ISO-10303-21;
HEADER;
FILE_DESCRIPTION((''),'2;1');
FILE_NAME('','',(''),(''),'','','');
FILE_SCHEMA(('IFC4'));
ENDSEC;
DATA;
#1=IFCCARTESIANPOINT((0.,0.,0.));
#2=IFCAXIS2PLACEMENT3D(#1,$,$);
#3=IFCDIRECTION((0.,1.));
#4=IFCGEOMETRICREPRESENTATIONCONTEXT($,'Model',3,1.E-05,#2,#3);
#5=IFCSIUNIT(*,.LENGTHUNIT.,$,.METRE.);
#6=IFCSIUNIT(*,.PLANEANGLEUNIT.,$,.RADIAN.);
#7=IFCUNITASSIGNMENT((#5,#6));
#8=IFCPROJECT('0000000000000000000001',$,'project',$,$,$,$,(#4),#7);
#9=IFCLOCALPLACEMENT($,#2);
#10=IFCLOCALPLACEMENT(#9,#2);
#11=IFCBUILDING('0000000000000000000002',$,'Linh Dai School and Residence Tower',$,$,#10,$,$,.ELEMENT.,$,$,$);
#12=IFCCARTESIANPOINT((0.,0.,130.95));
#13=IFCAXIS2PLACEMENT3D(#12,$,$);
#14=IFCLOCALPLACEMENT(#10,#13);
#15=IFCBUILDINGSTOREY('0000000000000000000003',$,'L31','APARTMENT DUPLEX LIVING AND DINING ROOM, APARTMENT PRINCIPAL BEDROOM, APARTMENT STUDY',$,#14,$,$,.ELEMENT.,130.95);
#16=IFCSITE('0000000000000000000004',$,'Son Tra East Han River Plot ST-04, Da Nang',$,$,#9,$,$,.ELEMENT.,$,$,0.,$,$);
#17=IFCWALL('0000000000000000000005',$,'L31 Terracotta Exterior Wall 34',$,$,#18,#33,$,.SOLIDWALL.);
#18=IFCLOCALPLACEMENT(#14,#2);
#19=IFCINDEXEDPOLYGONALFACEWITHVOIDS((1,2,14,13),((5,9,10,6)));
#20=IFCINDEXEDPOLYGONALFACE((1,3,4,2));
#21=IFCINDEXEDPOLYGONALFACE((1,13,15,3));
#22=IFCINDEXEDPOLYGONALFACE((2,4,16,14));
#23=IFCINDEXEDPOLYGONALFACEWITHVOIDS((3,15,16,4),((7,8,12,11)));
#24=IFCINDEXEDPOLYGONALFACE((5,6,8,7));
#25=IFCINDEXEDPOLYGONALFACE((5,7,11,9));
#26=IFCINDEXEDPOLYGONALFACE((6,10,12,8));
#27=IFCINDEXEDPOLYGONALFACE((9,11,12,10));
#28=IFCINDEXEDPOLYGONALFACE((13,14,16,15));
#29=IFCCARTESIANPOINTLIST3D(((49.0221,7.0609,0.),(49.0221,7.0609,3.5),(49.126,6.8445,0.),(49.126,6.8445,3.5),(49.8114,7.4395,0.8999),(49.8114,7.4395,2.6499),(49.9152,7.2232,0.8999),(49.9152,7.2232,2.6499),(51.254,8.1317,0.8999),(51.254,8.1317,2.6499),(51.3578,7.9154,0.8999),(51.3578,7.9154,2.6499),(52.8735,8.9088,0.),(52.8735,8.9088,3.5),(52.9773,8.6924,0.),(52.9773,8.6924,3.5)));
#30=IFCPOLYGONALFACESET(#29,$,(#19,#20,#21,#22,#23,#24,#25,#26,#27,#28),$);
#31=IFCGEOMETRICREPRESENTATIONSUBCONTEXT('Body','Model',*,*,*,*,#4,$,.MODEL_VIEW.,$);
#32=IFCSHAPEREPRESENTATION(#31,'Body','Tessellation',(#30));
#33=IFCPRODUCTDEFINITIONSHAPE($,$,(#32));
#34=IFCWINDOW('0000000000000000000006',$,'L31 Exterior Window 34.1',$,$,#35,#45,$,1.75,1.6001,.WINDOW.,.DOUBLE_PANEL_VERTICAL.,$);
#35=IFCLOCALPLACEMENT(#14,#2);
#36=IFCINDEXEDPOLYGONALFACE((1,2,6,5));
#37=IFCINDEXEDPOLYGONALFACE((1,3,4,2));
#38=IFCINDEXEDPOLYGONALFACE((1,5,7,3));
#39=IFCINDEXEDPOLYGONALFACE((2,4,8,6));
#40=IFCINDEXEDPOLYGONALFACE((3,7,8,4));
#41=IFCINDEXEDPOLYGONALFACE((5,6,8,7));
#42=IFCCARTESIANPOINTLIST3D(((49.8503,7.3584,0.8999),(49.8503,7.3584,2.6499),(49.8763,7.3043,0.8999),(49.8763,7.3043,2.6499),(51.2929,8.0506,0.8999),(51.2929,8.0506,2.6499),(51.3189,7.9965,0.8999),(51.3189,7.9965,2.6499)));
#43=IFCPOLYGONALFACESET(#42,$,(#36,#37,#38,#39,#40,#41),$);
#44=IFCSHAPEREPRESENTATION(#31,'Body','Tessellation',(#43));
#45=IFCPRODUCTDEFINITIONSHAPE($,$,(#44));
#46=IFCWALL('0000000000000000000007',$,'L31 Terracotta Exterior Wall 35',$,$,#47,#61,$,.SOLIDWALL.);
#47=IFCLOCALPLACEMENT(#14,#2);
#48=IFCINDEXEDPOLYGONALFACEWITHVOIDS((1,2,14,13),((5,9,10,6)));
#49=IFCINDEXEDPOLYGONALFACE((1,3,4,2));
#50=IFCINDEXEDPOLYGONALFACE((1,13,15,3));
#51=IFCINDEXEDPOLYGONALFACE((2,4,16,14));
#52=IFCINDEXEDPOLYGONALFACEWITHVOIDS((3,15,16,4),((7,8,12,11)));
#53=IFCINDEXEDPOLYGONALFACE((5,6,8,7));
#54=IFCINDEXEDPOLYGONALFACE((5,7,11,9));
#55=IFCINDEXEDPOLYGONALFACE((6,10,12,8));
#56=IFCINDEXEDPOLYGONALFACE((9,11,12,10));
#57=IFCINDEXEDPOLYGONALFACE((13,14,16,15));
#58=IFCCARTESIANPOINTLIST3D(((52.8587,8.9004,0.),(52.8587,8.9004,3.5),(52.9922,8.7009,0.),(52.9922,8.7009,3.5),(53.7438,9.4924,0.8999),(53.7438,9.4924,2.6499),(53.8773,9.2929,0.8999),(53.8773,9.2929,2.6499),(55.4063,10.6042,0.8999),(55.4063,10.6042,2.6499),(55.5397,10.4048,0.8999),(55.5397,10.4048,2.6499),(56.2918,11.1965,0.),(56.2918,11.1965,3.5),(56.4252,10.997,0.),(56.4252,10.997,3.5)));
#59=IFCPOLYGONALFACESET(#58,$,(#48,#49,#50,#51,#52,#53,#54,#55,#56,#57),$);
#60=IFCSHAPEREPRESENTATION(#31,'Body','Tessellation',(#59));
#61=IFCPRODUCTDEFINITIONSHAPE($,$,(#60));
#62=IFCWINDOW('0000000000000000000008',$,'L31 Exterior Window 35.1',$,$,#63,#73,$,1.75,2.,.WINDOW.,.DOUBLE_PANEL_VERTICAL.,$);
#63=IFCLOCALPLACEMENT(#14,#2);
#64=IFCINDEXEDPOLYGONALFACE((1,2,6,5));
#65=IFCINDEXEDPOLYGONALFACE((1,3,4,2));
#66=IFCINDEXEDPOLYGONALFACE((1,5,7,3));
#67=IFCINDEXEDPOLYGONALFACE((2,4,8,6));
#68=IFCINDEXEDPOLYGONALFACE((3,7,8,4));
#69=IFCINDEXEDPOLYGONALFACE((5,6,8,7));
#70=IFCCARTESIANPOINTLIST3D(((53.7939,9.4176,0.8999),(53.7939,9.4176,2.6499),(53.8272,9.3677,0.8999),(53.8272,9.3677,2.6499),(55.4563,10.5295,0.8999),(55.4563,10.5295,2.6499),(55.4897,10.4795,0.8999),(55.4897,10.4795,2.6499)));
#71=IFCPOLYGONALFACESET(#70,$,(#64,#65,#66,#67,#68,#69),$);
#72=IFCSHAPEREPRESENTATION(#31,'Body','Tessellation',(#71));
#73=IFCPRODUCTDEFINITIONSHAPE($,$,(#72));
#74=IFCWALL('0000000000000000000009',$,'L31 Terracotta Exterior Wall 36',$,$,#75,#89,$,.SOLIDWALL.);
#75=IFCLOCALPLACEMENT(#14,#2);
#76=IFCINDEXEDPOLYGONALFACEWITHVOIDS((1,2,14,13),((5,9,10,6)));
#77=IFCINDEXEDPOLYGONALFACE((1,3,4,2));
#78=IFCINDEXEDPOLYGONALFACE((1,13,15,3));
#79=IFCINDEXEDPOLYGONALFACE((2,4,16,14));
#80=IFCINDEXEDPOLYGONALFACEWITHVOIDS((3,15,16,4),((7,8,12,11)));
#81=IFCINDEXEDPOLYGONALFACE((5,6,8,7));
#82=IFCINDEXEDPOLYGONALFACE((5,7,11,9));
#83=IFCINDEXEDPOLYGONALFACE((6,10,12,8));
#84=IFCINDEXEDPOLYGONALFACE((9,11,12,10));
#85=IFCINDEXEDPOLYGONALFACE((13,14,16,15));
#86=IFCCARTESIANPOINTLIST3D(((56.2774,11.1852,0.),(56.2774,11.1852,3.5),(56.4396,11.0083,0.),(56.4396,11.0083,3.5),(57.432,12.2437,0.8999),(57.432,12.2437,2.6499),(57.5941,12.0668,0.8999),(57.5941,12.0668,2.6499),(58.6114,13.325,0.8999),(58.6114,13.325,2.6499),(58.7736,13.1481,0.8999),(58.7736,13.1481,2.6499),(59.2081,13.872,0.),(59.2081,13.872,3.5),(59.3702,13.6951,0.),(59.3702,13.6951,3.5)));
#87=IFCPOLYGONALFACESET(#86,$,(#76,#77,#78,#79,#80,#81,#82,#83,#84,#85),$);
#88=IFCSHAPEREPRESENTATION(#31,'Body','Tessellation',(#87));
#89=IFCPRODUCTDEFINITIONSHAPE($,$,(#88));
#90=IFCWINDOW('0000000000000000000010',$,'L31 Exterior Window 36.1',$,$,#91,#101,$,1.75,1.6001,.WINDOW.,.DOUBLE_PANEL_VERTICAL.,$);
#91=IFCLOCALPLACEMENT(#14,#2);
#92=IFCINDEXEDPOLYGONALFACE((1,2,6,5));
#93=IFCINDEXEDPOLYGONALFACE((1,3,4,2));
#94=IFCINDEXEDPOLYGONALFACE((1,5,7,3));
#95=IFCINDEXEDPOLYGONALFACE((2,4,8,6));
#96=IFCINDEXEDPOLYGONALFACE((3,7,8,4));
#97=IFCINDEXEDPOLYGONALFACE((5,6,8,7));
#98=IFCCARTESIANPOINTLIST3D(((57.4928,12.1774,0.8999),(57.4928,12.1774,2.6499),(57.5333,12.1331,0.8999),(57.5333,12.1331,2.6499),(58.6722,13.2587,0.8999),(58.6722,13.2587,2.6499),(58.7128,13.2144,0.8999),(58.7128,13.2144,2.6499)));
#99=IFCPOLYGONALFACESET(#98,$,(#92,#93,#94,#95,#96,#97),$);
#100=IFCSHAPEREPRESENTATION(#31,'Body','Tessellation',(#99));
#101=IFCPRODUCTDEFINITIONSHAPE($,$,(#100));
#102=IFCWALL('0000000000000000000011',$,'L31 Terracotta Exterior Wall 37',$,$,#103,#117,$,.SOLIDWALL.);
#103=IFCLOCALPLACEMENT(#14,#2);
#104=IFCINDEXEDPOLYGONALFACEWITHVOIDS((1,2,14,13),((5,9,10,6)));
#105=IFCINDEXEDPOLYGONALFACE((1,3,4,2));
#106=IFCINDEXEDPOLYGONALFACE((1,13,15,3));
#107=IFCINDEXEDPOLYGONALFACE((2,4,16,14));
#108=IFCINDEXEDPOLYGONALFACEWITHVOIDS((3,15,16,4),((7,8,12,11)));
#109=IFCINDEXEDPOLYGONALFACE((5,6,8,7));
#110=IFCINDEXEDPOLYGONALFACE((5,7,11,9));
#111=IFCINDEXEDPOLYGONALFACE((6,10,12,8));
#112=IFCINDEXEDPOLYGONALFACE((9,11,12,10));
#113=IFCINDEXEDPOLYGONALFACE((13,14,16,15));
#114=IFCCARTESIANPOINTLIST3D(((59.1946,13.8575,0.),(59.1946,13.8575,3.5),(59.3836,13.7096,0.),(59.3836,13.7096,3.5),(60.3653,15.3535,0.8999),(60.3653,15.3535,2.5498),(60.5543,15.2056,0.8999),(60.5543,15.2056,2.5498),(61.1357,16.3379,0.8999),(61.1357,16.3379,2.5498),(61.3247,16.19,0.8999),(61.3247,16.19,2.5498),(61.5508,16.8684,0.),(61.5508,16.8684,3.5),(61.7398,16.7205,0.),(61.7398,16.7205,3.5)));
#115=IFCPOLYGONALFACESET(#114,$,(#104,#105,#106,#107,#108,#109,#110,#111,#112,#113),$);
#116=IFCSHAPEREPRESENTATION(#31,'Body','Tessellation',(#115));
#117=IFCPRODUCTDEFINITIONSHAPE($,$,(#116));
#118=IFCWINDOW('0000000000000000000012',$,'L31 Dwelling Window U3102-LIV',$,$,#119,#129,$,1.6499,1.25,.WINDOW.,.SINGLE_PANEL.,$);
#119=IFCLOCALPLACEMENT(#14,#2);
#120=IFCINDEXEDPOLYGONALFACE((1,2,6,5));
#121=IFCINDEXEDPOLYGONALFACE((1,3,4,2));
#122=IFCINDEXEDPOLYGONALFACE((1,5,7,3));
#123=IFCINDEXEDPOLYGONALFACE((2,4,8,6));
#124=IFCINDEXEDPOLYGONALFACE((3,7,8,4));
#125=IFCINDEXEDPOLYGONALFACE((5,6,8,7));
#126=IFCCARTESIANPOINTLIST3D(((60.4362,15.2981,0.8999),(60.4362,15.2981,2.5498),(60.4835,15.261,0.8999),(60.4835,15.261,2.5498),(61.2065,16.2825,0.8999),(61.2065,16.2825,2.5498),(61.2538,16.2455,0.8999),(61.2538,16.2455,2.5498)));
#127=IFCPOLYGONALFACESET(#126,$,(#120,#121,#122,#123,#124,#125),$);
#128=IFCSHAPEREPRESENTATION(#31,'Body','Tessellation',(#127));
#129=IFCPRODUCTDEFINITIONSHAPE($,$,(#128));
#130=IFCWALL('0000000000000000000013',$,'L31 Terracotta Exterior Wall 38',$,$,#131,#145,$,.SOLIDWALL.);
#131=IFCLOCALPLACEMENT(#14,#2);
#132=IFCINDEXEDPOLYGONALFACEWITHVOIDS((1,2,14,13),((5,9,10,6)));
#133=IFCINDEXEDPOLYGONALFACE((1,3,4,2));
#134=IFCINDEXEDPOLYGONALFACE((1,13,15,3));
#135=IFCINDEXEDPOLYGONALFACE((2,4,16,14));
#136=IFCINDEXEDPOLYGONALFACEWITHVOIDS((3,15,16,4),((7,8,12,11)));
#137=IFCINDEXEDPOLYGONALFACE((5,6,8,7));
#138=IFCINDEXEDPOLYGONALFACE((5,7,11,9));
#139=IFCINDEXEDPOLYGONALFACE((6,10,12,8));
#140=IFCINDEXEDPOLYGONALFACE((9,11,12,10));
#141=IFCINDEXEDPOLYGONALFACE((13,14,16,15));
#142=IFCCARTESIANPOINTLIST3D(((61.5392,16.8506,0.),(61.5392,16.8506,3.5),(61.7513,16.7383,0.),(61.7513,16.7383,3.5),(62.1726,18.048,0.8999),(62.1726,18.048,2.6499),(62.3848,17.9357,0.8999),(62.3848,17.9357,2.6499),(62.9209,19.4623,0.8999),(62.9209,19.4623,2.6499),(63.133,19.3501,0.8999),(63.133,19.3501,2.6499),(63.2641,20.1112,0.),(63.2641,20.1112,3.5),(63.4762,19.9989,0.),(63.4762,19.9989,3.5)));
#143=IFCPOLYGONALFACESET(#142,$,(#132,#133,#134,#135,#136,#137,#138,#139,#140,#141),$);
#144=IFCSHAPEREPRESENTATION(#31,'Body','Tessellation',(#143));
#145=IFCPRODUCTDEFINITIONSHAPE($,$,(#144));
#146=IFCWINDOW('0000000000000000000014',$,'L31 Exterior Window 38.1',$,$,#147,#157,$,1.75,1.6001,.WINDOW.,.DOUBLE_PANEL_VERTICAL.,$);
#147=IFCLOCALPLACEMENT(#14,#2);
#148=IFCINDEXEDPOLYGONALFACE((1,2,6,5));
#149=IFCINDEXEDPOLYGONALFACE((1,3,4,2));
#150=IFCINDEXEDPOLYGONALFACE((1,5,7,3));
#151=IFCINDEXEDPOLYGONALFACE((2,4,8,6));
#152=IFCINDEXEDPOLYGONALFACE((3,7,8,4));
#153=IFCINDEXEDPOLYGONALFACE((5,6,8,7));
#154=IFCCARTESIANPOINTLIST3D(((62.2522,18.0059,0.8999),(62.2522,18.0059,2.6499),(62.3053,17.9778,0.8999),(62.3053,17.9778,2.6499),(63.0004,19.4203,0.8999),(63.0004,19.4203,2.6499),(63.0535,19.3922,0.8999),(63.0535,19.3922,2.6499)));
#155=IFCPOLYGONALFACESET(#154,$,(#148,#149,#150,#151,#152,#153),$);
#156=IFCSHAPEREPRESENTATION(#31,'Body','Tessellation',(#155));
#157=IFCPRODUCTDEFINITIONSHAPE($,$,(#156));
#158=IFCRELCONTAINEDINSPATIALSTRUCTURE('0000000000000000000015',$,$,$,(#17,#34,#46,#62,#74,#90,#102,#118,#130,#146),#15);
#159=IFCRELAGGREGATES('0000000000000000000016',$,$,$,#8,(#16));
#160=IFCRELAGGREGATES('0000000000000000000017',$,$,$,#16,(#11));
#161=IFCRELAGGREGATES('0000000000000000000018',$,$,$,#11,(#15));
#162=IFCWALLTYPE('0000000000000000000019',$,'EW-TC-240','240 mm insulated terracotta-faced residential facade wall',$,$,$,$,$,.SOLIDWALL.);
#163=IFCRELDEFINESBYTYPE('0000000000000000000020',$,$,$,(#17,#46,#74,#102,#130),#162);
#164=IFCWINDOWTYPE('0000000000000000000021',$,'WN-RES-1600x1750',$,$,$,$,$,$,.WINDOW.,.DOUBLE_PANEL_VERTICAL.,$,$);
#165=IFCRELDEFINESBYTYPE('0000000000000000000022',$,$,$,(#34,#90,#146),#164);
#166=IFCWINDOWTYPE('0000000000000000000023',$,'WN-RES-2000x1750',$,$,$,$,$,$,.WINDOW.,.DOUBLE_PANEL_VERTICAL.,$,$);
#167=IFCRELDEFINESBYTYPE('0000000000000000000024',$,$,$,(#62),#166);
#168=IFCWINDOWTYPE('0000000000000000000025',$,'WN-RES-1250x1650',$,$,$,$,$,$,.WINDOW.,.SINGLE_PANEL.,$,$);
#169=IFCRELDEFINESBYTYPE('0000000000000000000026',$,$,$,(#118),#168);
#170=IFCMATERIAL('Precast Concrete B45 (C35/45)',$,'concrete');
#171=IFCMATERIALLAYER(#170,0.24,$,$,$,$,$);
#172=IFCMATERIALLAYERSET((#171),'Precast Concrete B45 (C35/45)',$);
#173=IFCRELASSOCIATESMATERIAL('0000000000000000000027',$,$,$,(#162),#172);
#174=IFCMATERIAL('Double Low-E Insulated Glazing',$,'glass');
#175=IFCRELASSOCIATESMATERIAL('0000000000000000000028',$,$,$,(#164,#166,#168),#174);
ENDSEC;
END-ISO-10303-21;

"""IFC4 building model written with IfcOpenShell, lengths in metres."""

from ifc_helpers import new_model, si_unit, direction, frame, frame_2d, origin, origin_2d, place, context, subcontext, project, spatial, rectangle, extrude, source, transform, mapped, material, layer, layer_set, type_object, element, fill, save


model = new_model("IFC4")

# Units and contexts
model_context = context("Model", 3, precision=1e-05, world=origin(), true_north=direction((0.0, 1.0)))
body_context = subcontext(model_context, "Body", "Model", "MODEL_VIEW")
ifc_project = project(units=[si_unit("LENGTHUNIT", "METRE"), si_unit("PLANEANGLEUNIT", "RADIAN")], contexts=[model_context])

# Site, building, storey
site_placement = place(None, origin())
site = spatial("IfcSite", under=ifc_project, at=site_placement, Name="Son Tra East Han River Plot ST-04, Da Nang", CompositionType="ELEMENT", RefElevation=0.0)
building_placement = place(site_placement, origin())
building = spatial("IfcBuilding", under=site, at=building_placement, Name="Linh Dai School and Residence Tower", CompositionType="ELEMENT")
storey_placement = place(building_placement, frame((0.0, 0.0, 130.95)))
storey = spatial("IfcBuildingStorey", under=building, at=storey_placement, Name="L31", Description="APARTMENT DUPLEX LIVING AND DINING ROOM, APARTMENT PRINCIPAL BEDROOM, APARTMENT STUDY", CompositionType="ELEMENT", Elevation=130.95)

# Shared definitions
ifc_material_1 = material(Name="Precast Concrete B45 (C35/45)", Category="concrete")

# Walls, openings, windows
ifc_layer_1 = layer(ifc_material_1, 0.24)
ifc_layer_set_1 = layer_set([ifc_layer_1], Name="Precast Concrete B45 (C35/45)")
wall_type_1 = type_object("IfcWallType", Name="EW-TC-240", Description="240 mm insulated terracotta-faced residential facade wall", PredefinedType="SOLIDWALL", material=ifc_layer_set_1)
wall_1_placement = place(storey_placement, frame((52.9253, 8.8005, 0.0), z_axis=(0.0, 0.0, 1.0), x_axis=(-0.90159, -0.432592, 0.0)))
wall_1 = element("IfcWall", 1, at=wall_1_placement, inside=storey, type_object=wall_type_1, Name="L31 Terracotta Exterior Wall 34", PredefinedType="SOLIDWALL", context=body_context, shape_type="SweptSolid", body=[
    extrude(rectangle(XDim=4.2717, YDim=0.24, at=frame_2d((2.1357, 0.0))), origin(), (0.0, 0.0, 1.0), 3.5),
])
opening_1_placement = place(wall_1_placement, frame((1.7961, 0.0, 0.8999)))
opening_1 = element("IfcOpeningElement", 2, at=opening_1_placement, cuts=wall_1, PredefinedType="OPENING", context=body_context, shape_type="SweptSolid", body=[
    extrude(rectangle(XDim=1.6001, YDim=1.75, at=origin_2d()), frame((0.8, 0.1299, 0.875), z_axis=(0.0, -1.0, 0.0), x_axis=(1.0, 0.0, 0.0)), (0.0, 0.0, 1.0), 0.26),
])
ifc_material_2 = material(Name="Double Low-E Insulated Glazing", Category="glass")
window_type_1 = type_object("IfcWindowType", Name="WN-RES-1600x1750", PartitioningType="DOUBLE_PANEL_VERTICAL", PredefinedType="WINDOW", material=ifc_material_2)
shared_shape_1 = source(origin(), body_context, "Body", "SweptSolid", [
    extrude(rectangle(XDim=1.6001, YDim=1.75, at=origin_2d()), frame((0.8, 0.03, 0.875), z_axis=(0.0, -1.0, 0.0), x_axis=(1.0, 0.0, 0.0)), (0.0, 0.0, 1.0), 0.0601),
])
window_1_placement = place(opening_1_placement, origin())
window_1 = element("IfcWindow", 3, at=window_1_placement, inside=storey, type_object=window_type_1, Name="L31 Exterior Window 34.1", OverallHeight=1.75, OverallWidth=1.6001, PartitioningType="DOUBLE_PANEL_VERTICAL", PredefinedType="WINDOW", context=body_context, shape_type="MappedRepresentation", body=[
    mapped(shared_shape_1, transform((0.0, 0.0, 0.0), x_axis=(1.0, 0.0, 0.0), y_axis=(0.0, 1.0, 0.0), z_axis=(0.0, 0.0, 1.0), scale=1.0)),
])
fill(opening_1, window_1)
wall_2_placement = place(storey_placement, frame((56.3584, 11.0967, 0.0), z_axis=(0.0, 0.0, 1.0), x_axis=(-0.831222, -0.555941, 0.0)))
wall_2 = element("IfcWall", 4, at=wall_2_placement, inside=storey, type_object=wall_type_1, Name="L31 Terracotta Exterior Wall 35", PredefinedType="SOLIDWALL", context=body_context, shape_type="SweptSolid", body=[
    extrude(rectangle(XDim=4.1301, YDim=0.24, at=frame_2d((2.0649, 0.0))), origin(), (0.0, 0.0, 1.0), 3.5),
])
opening_2_placement = place(wall_2_placement, frame((1.0652, 0.0, 0.8999)))
opening_2 = element("IfcOpeningElement", 5, at=opening_2_placement, cuts=wall_2, PredefinedType="OPENING", context=body_context, shape_type="SweptSolid", body=[
    extrude(rectangle(XDim=2.0, YDim=1.75, at=origin_2d()), frame((1.0, 0.1299, 0.875), z_axis=(0.0, -1.0, 0.0), x_axis=(1.0, 0.0, 0.0)), (0.0, 0.0, 1.0), 0.26),
])
window_type_2 = type_object("IfcWindowType", Name="WN-RES-2000x1750", PartitioningType="DOUBLE_PANEL_VERTICAL", PredefinedType="WINDOW", material=ifc_material_2)
shared_shape_2 = source(origin(), body_context, "Body", "SweptSolid", [
    extrude(rectangle(XDim=2.0, YDim=1.75, at=origin_2d()), frame((1.0, 0.03, 0.875), z_axis=(0.0, -1.0, 0.0), x_axis=(1.0, 0.0, 0.0)), (0.0, 0.0, 1.0), 0.0601),
])
window_2_placement = place(opening_2_placement, origin())
window_2 = element("IfcWindow", 6, at=window_2_placement, inside=storey, type_object=window_type_2, Name="L31 Exterior Window 35.1", OverallHeight=1.75, OverallWidth=2.0, PartitioningType="DOUBLE_PANEL_VERTICAL", PredefinedType="WINDOW", context=body_context, shape_type="MappedRepresentation", body=[
    mapped(shared_shape_2, transform((0.0, 0.0, 0.0), x_axis=(1.0, 0.0, 0.0), y_axis=(0.0, 1.0, 0.0), z_axis=(0.0, 0.0, 1.0), scale=1.0)),
])
fill(opening_2, window_2)
wall_3_placement = place(storey_placement, frame((59.2891, 13.7834, 0.0), z_axis=(0.0, 0.0, 1.0), x_axis=(-0.737113, -0.675769, 0.0)))
wall_3 = element("IfcWall", 7, at=wall_3_placement, inside=storey, type_object=wall_type_1, Name="L31 Terracotta Exterior Wall 36", PredefinedType="SOLIDWALL", context=body_context, shape_type="SweptSolid", body=[
    extrude(rectangle(XDim=3.9758, YDim=0.24, at=frame_2d((1.9878, 0.0))), origin(), (0.0, 0.0, 1.0), 3.5),
])
opening_3_placement = place(wall_3_placement, frame((0.8093, 0.0, 0.8999)))
opening_3 = element("IfcOpeningElement", 8, at=opening_3_placement, cuts=wall_3, PredefinedType="OPENING", context=body_context, shape_type="SweptSolid", body=[
    extrude(rectangle(XDim=1.6001, YDim=1.75, at=origin_2d()), frame((0.8, 0.1299, 0.875), z_axis=(0.0, -1.0, 0.0), x_axis=(1.0, 0.0, 0.0)), (0.0, 0.0, 1.0), 0.26),
])
window_3_placement = place(opening_3_placement, origin())
window_3 = element("IfcWindow", 9, at=window_3_placement, inside=storey, type_object=window_type_1, Name="L31 Exterior Window 36.1", OverallHeight=1.75, OverallWidth=1.6001, PartitioningType="DOUBLE_PANEL_VERTICAL", PredefinedType="WINDOW", context=body_context, shape_type="MappedRepresentation", body=[
    mapped(shared_shape_1, transform((0.0, 0.0, 0.0), x_axis=(1.0, 0.0, 0.0), y_axis=(0.0, 1.0, 0.0), z_axis=(0.0, 0.0, 1.0), scale=1.0)),
])
fill(opening_3, window_3)
wall_4_placement = place(storey_placement, frame((61.6453, 16.7944, 0.0), z_axis=(0.0, 0.0, 1.0), x_axis=(-0.616272, -0.787533, 0.0)))
wall_4 = element("IfcWall", 10, at=wall_4_placement, inside=storey, type_object=wall_type_1, Name="L31 Terracotta Exterior Wall 37", PredefinedType="SOLIDWALL", context=body_context, shape_type="SweptSolid", body=[
    extrude(rectangle(XDim=3.8232, YDim=0.24, at=frame_2d((1.9116, 0.0))), origin(), (0.0, 0.0, 1.0), 3.5),
])
opening_4_placement = place(wall_4_placement, frame((0.6736, 0.0, 0.8999)))
opening_4 = element("IfcOpeningElement", 11, at=opening_4_placement, cuts=wall_4, PredefinedType="OPENING", context=body_context, shape_type="SweptSolid", body=[
    extrude(rectangle(XDim=1.25, YDim=1.6499, at=origin_2d()), frame((0.625, 0.1299, 0.825), z_axis=(0.0, -1.0, 0.0), x_axis=(1.0, 0.0, 0.0)), (0.0, 0.0, 1.0), 0.26),
])
window_type_3 = type_object("IfcWindowType", Name="WN-RES-1250x1650", PartitioningType="SINGLE_PANEL", PredefinedType="WINDOW", material=ifc_material_2)
shared_shape_3 = source(origin(), body_context, "Body", "SweptSolid", [
    extrude(rectangle(XDim=1.25, YDim=1.6499, at=origin_2d()), frame((0.625, 0.03, 0.825), z_axis=(0.0, -1.0, 0.0), x_axis=(1.0, 0.0, 0.0)), (0.0, 0.0, 1.0), 0.0601),
])
window_4_placement = place(opening_4_placement, origin())
window_4 = element("IfcWindow", 12, at=window_4_placement, inside=storey, type_object=window_type_3, Name="L31 Dwelling Window U3102-LIV", OverallHeight=1.6499, OverallWidth=1.25, PartitioningType="SINGLE_PANEL", PredefinedType="WINDOW", context=body_context, shape_type="MappedRepresentation", body=[
    mapped(shared_shape_3, transform((0.0, 0.0, 0.0), x_axis=(1.0, 0.0, 0.0), y_axis=(0.0, 1.0, 0.0), z_axis=(0.0, 0.0, 1.0), scale=1.0)),
])
fill(opening_4, window_4)
wall_5_placement = place(storey_placement, frame((63.3701, 20.0549, 0.0), z_axis=(0.0, 0.0, 1.0), x_axis=(-0.467614, -0.883933, 0.0)))
wall_5 = element("IfcWall", 13, at=wall_5_placement, inside=storey, type_object=wall_type_1, Name="L31 Terracotta Exterior Wall 38", PredefinedType="SOLIDWALL", context=body_context, shape_type="SweptSolid", body=[
    extrude(rectangle(XDim=3.6887, YDim=0.24, at=frame_2d((1.8442, 0.0))), origin(), (0.0, 0.0, 1.0), 3.5),
])
opening_5_placement = place(wall_5_placement, frame((0.7339, 0.0, 0.8999)))
opening_5 = element("IfcOpeningElement", 14, at=opening_5_placement, cuts=wall_5, PredefinedType="OPENING", context=body_context, shape_type="SweptSolid", body=[
    extrude(rectangle(XDim=1.6001, YDim=1.75, at=origin_2d()), frame((0.8, 0.1299, 0.875), z_axis=(0.0, -1.0, 0.0), x_axis=(1.0, 0.0, 0.0)), (0.0, 0.0, 1.0), 0.26),
])
window_5_placement = place(opening_5_placement, origin())
window_5 = element("IfcWindow", 15, at=window_5_placement, inside=storey, type_object=window_type_1, Name="L31 Exterior Window 38.1", OverallHeight=1.75, OverallWidth=1.6001, PartitioningType="DOUBLE_PANEL_VERTICAL", PredefinedType="WINDOW", context=body_context, shape_type="MappedRepresentation", body=[
    mapped(shared_shape_1, transform((0.0, 0.0, 0.0), x_axis=(1.0, 0.0, 0.0), y_axis=(0.0, 1.0, 0.0), z_axis=(0.0, 0.0, 1.0), scale=1.0)),
])
fill(opening_5, window_5)

save(model, "model.ifc")
